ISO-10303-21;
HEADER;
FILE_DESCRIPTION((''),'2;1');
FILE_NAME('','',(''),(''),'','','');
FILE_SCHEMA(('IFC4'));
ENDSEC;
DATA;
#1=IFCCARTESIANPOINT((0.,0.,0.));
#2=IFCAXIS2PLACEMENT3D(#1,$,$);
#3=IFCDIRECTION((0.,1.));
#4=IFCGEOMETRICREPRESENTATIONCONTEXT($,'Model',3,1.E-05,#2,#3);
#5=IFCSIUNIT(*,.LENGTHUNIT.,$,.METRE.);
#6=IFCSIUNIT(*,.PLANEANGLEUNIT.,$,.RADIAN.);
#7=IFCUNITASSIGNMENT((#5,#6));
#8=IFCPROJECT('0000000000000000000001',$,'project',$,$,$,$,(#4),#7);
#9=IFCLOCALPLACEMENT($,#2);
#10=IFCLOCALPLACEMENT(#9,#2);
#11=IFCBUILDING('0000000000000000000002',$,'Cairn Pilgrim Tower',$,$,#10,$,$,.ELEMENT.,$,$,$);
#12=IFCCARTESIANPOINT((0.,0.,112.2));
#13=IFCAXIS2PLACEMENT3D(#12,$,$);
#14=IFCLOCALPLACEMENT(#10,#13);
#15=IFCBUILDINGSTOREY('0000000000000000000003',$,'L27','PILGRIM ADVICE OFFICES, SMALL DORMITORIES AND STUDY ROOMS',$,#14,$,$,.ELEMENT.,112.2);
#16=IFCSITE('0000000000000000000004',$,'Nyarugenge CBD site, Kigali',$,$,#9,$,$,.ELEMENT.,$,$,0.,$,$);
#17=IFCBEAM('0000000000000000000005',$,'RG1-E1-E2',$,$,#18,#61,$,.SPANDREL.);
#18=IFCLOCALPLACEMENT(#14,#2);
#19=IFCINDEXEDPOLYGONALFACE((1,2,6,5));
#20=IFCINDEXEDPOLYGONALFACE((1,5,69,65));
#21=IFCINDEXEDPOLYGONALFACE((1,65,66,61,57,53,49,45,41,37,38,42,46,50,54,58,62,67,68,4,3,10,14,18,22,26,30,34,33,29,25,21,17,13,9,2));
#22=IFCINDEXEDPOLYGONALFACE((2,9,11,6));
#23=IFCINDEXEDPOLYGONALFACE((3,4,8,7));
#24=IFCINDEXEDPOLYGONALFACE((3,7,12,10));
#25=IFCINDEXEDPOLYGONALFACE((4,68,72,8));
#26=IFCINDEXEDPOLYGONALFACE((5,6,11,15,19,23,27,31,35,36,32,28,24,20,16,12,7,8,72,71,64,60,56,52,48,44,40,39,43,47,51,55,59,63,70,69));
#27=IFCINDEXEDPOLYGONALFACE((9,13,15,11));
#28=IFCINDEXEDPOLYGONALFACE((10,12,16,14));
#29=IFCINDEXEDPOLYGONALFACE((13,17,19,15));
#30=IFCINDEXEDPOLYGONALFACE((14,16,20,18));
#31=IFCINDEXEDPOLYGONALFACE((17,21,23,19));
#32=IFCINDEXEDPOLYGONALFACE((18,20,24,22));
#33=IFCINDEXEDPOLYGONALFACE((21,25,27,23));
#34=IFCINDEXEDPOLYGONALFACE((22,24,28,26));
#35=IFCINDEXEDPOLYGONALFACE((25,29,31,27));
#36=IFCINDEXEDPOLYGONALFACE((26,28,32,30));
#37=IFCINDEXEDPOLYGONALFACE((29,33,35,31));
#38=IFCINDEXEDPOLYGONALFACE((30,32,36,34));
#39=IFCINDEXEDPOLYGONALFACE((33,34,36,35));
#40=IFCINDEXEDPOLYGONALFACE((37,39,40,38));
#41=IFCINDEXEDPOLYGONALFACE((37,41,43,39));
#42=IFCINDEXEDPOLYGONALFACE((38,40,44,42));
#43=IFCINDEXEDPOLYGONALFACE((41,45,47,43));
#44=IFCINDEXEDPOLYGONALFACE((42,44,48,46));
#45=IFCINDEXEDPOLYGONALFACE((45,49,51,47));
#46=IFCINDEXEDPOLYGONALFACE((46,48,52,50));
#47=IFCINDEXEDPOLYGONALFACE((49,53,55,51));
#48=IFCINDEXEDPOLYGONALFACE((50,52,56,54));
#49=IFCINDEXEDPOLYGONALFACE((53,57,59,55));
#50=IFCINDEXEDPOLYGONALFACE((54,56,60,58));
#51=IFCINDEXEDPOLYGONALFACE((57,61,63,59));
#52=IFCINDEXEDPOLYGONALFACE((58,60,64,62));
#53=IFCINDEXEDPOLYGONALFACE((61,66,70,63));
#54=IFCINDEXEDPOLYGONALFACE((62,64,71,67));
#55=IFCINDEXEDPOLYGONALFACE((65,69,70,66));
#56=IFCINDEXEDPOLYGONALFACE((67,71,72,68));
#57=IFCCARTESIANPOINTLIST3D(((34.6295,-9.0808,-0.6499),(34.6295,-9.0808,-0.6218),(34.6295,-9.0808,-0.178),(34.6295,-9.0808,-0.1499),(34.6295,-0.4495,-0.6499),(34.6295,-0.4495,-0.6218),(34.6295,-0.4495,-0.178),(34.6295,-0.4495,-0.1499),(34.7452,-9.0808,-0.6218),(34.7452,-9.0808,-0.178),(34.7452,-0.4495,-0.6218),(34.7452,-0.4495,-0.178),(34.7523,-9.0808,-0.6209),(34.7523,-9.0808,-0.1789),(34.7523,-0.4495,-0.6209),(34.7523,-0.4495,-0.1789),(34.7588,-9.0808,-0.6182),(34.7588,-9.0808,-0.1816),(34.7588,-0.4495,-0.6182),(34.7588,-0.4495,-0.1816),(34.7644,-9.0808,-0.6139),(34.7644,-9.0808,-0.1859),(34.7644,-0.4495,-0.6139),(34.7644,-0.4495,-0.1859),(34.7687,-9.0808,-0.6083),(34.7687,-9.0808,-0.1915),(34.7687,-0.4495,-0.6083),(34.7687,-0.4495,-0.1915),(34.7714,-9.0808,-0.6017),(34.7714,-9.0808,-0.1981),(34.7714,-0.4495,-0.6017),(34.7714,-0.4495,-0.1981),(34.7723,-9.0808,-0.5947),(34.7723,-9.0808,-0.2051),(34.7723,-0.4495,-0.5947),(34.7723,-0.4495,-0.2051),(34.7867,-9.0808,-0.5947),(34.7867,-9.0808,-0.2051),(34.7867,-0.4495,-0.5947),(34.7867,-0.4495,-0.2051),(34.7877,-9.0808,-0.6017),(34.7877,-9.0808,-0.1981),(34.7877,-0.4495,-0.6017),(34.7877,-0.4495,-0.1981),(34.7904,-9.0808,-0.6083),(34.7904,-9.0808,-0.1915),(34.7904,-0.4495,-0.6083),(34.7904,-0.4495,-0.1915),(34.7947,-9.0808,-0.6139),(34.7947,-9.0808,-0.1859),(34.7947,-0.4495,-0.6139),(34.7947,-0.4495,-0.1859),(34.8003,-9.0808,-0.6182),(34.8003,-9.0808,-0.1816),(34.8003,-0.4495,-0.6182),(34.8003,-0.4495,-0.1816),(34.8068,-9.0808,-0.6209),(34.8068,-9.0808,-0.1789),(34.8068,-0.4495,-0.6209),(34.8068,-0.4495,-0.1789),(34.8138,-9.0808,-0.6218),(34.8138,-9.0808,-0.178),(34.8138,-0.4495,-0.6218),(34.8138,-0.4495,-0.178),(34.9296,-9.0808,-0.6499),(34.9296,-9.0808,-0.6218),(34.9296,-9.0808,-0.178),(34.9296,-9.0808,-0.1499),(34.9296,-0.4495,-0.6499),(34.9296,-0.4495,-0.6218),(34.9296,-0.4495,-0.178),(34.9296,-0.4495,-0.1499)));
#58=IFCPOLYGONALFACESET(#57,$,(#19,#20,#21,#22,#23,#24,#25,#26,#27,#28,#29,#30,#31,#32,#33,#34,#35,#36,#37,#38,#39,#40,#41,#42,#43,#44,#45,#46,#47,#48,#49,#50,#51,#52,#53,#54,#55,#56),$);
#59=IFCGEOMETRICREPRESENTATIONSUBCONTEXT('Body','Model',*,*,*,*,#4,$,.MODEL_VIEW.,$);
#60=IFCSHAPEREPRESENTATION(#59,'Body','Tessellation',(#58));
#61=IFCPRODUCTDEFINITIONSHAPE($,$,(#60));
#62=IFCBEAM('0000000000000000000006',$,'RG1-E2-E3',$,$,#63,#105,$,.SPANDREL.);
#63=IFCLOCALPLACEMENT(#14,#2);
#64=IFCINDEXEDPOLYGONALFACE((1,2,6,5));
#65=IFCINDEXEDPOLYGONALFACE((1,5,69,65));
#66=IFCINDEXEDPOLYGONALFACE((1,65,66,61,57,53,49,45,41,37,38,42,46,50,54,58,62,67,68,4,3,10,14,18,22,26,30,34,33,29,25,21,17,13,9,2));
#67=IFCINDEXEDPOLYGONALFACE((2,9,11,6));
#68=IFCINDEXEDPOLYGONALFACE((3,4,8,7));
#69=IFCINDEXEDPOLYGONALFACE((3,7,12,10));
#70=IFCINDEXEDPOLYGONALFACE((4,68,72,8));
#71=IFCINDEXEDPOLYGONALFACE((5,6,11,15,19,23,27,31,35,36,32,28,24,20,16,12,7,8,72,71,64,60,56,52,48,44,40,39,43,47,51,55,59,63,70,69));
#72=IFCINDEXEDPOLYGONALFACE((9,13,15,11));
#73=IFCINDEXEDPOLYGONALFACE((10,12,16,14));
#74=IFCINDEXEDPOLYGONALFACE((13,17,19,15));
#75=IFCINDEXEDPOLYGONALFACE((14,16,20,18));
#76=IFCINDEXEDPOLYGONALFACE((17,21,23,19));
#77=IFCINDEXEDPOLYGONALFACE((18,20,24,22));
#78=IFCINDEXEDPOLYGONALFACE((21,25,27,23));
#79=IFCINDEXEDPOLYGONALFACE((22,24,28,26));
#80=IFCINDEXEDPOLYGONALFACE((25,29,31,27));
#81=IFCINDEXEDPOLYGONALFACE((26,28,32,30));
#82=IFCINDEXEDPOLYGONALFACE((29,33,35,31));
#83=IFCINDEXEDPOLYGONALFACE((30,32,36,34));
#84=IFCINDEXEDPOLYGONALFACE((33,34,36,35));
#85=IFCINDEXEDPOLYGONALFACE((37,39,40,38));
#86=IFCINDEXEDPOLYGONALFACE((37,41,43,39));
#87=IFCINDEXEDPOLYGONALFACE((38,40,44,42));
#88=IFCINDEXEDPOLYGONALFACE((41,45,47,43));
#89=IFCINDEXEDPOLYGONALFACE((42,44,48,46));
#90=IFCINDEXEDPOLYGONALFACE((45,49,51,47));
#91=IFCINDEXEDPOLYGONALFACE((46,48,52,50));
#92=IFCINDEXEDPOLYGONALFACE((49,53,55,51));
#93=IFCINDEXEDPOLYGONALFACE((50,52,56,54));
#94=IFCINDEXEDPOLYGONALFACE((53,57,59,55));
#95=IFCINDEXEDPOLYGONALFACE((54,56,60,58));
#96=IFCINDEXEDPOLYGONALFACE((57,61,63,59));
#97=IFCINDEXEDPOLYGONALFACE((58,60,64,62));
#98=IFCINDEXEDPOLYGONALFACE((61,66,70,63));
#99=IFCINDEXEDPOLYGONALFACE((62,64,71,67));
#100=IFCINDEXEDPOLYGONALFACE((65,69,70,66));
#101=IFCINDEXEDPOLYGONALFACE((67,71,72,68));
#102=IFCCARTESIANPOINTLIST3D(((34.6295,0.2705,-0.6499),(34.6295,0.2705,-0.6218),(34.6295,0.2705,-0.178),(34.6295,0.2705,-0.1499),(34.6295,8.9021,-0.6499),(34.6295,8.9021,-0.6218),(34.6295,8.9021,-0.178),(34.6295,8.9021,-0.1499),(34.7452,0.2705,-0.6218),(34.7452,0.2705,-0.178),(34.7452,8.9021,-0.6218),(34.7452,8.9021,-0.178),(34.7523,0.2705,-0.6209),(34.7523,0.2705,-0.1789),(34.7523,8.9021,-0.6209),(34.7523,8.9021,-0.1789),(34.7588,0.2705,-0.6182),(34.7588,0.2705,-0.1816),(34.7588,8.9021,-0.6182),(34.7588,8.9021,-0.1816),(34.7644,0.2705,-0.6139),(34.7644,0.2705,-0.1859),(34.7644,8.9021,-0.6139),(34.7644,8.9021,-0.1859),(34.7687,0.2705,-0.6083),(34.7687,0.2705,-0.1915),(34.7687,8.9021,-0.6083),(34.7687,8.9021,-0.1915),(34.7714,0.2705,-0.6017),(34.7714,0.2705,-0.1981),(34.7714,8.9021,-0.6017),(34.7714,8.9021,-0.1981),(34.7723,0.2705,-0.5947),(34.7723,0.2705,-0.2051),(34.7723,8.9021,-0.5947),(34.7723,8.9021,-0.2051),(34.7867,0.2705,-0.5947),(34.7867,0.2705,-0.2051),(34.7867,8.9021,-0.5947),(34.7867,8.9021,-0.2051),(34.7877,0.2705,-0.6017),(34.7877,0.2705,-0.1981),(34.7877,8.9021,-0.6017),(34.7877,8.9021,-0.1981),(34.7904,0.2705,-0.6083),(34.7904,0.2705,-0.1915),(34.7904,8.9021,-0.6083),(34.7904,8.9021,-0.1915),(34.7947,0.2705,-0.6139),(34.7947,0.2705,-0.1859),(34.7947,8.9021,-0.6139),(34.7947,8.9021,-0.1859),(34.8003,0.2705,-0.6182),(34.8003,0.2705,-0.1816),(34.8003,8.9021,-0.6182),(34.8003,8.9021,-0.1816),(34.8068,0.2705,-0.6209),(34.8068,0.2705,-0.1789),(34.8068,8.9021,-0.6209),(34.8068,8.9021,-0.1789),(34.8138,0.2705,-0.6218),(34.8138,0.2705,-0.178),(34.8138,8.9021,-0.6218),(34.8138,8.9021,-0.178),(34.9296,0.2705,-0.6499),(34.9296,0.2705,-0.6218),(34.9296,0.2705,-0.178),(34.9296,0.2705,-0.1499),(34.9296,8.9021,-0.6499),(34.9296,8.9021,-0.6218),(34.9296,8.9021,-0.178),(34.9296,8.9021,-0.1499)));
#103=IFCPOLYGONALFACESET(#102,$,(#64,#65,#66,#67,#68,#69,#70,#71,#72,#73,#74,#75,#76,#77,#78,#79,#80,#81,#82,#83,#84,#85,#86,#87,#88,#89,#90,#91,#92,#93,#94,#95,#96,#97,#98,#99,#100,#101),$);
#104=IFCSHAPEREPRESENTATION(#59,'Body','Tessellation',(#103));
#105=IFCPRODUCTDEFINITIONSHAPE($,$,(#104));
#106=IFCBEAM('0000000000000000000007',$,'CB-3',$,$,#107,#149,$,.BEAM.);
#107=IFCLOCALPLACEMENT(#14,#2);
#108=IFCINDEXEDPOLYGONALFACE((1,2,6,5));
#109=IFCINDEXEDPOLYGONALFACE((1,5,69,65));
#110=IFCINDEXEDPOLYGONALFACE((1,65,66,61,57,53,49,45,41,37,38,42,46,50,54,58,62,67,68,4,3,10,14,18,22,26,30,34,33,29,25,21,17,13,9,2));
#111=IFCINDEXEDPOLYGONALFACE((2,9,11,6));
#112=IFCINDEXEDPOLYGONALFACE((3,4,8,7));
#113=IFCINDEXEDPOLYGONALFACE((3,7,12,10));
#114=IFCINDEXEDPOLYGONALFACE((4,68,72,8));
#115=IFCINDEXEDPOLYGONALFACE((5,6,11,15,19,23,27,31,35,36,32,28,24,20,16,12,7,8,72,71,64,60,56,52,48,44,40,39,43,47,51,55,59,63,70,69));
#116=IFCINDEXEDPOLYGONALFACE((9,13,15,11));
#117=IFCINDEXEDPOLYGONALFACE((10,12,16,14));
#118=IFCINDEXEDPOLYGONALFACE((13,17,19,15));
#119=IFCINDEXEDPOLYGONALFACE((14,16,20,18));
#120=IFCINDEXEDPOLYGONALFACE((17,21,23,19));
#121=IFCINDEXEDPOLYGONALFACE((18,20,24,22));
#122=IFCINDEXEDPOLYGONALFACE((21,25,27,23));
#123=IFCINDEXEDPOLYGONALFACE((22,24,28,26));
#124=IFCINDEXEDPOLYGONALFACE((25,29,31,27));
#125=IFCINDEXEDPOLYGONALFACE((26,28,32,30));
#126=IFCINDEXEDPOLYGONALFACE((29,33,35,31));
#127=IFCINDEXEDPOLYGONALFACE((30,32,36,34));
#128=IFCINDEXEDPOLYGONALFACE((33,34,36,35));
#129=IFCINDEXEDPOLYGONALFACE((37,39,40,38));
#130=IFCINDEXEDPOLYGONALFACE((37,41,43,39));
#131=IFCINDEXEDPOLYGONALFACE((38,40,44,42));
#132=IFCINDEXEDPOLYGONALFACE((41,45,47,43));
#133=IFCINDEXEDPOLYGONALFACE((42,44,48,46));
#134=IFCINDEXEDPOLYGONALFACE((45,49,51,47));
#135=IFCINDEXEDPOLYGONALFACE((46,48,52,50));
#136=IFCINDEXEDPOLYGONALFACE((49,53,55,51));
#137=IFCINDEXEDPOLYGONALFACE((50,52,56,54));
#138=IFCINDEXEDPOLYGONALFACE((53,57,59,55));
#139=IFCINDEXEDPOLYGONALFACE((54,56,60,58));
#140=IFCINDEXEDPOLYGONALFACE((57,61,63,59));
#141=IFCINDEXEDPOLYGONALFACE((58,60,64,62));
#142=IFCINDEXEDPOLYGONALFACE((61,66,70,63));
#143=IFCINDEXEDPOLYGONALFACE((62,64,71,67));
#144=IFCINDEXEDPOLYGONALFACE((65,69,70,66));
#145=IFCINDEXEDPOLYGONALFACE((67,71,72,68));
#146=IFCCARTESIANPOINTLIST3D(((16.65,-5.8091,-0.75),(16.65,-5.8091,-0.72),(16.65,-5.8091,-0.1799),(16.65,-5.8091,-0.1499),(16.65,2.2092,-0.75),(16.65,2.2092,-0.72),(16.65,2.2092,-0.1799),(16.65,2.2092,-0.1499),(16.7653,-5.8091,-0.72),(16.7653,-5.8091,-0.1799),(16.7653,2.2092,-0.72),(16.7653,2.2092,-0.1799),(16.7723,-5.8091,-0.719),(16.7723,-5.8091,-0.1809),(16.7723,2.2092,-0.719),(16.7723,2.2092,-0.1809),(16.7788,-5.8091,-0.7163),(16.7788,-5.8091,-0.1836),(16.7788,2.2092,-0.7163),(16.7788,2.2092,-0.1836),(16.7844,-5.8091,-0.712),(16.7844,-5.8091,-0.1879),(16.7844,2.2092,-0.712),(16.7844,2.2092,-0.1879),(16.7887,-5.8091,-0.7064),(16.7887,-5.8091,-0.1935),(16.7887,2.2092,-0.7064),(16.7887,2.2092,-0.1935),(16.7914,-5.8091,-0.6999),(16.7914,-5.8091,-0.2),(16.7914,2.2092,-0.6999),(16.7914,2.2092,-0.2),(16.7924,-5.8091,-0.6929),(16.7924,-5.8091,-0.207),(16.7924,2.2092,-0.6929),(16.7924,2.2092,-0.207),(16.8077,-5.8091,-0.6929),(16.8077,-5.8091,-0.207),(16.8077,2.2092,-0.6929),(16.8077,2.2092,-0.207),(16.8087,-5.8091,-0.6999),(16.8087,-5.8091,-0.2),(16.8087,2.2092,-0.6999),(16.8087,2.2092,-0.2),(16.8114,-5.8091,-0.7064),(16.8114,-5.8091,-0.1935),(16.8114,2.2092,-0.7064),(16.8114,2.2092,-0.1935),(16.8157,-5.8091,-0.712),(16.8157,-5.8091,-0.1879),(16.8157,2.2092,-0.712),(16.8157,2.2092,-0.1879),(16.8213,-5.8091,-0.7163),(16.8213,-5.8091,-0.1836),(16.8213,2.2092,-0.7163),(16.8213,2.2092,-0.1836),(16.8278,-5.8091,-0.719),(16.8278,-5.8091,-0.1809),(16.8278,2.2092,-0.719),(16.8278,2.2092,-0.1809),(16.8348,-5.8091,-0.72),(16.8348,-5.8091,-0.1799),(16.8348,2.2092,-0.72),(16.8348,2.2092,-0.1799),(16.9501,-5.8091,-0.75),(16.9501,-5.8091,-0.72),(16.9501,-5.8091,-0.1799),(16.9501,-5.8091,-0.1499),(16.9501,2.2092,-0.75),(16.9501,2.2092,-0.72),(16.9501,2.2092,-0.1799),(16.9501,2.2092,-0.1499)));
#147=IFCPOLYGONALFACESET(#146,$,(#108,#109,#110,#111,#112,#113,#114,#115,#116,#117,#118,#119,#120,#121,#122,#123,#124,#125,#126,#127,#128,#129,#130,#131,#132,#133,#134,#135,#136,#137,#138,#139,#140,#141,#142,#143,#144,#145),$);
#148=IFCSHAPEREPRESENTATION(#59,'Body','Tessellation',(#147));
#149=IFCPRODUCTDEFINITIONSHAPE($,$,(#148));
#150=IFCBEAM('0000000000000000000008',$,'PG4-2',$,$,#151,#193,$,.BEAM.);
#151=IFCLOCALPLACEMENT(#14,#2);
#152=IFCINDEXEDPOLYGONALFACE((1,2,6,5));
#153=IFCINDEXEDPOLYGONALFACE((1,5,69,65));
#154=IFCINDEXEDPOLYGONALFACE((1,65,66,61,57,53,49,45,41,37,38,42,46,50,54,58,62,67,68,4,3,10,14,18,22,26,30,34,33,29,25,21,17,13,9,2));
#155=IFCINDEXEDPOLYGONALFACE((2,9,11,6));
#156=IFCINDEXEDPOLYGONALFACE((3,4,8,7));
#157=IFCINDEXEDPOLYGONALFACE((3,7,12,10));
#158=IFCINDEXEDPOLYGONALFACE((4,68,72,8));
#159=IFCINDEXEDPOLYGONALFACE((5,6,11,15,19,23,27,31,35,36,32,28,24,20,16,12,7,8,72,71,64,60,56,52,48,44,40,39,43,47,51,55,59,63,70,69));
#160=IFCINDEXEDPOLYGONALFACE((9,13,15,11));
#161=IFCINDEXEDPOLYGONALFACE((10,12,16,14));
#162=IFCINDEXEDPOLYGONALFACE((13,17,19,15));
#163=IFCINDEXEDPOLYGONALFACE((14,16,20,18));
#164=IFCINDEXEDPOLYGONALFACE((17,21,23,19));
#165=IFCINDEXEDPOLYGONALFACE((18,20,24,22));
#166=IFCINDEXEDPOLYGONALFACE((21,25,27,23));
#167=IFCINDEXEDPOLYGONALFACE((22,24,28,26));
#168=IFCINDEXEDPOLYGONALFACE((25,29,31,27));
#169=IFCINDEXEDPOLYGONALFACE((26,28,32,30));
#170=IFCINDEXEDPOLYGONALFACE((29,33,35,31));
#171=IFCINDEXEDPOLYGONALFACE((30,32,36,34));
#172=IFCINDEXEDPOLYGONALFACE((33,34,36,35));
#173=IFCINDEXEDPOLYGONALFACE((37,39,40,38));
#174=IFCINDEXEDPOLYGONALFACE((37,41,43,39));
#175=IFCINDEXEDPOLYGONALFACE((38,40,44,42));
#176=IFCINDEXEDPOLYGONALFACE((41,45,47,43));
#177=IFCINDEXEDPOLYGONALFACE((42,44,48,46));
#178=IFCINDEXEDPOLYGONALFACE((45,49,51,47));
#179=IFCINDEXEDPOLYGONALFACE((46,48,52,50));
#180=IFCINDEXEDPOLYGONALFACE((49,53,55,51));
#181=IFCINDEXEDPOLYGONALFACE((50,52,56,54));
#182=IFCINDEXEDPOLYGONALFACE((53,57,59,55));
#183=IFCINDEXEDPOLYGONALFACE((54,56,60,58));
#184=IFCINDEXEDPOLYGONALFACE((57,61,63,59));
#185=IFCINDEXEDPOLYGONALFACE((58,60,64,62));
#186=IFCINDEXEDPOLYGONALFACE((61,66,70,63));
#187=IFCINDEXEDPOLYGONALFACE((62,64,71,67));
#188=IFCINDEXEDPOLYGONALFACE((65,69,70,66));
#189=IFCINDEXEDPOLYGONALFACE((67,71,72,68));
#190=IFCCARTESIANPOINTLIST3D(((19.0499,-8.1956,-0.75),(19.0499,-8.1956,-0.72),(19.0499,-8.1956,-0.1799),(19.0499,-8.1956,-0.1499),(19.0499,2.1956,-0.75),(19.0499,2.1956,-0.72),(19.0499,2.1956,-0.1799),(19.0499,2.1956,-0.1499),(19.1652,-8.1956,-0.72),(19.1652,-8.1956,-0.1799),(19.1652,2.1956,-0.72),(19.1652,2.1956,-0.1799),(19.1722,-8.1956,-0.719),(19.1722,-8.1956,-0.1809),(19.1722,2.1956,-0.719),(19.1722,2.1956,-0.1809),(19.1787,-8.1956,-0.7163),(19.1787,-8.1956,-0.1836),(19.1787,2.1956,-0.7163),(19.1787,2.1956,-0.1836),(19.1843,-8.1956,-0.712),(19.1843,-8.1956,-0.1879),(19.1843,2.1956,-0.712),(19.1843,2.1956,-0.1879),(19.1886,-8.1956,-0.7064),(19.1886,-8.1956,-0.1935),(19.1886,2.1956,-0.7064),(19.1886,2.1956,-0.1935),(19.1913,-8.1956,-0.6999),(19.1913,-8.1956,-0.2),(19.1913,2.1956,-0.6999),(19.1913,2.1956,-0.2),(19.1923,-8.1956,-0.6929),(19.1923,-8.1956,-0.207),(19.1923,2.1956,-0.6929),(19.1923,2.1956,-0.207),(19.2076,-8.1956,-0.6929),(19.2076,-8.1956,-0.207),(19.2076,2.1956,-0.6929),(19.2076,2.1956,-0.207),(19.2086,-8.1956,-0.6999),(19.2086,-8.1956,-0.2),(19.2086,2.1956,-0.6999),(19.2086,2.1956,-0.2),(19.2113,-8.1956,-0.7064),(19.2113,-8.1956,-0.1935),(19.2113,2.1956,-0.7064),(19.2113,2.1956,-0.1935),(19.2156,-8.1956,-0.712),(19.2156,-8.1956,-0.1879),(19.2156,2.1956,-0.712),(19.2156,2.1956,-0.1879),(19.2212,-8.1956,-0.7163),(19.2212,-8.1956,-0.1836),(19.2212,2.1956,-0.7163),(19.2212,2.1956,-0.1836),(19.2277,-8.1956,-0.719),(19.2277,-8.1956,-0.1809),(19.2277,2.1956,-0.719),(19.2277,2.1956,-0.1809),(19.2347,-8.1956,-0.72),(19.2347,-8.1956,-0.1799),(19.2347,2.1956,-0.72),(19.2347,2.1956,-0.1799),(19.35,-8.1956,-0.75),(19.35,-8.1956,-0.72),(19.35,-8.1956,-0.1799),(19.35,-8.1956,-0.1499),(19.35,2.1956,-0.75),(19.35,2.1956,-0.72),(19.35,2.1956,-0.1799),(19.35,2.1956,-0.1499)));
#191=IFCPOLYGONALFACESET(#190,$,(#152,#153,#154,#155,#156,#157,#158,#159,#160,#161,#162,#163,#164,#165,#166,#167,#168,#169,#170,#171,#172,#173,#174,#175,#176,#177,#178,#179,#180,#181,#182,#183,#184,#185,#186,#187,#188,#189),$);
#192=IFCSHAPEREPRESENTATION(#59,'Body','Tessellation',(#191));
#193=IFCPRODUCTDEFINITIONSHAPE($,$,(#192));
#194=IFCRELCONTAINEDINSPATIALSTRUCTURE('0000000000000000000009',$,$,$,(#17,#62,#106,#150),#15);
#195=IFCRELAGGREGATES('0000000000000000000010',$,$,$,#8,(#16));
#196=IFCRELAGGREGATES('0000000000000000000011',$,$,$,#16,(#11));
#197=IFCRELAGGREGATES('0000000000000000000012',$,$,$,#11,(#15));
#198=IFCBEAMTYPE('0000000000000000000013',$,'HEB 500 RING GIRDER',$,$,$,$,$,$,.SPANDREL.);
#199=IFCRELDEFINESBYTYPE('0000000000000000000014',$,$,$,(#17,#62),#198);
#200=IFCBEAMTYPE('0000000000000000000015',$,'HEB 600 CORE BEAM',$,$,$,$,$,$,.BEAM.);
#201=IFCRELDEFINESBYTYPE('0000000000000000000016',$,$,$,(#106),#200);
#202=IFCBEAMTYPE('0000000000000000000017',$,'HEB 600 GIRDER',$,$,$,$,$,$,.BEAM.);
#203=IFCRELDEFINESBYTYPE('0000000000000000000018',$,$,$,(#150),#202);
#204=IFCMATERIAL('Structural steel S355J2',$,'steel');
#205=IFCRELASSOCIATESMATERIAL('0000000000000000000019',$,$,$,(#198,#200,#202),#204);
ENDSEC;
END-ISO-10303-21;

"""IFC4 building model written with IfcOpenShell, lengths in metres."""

from ifc_helpers import new_model, si_unit, direction, frame, origin, origin_2d, place, context, subcontext, project, spatial, i_section, extrude, material, material_profile, profile_set, type_object, element, save


model = new_model("IFC4")

# Units and contexts
model_context = context("Model", 3, precision=1e-05, world=origin(), true_north=direction((0.0, 1.0)))
body_context = subcontext(model_context, "Body", "Model", "MODEL_VIEW")
ifc_project = project(units=[si_unit("LENGTHUNIT", "METRE"), si_unit("PLANEANGLEUNIT", "RADIAN")], contexts=[model_context])

# Site, building, storey
site_placement = place(None, origin())
site = spatial("IfcSite", under=ifc_project, at=site_placement, Name="Nyarugenge CBD site, Kigali", CompositionType="ELEMENT", RefElevation=0.0)
building_placement = place(site_placement, origin())
building = spatial("IfcBuilding", under=site, at=building_placement, Name="Cairn Pilgrim Tower", CompositionType="ELEMENT")
storey_placement = place(building_placement, frame((0.0, 0.0, 112.2)))
storey = spatial("IfcBuildingStorey", under=building, at=storey_placement, Name="L27", Description="PILGRIM ADVICE OFFICES, SMALL DORMITORIES AND STUDY ROOMS", CompositionType="ELEMENT", Elevation=112.2)

# Beams
ifc_material_1 = material(Name="Structural steel S355J2", Category="steel")
ifc_material_profile_1 = material_profile(ifc_material_1, i_section(OverallWidth=0.3, OverallDepth=0.5, WebThickness=0.0144, FlangeThickness=0.0281, FilletRadius=0.0271, at=origin_2d()), Name="HEB 500")
ifc_profile_set_1 = profile_set([ifc_material_profile_1], Name="Structural steel S355J2")
beam_type_1 = type_object("IfcBeamType", Name="HEB 500 RING GIRDER", PredefinedType="SPANDREL", material=ifc_profile_set_1)
beam_1_placement = place(storey_placement, frame((34.7795, -9.0808, -0.3999), z_axis=(0.0, 1.0, 0.0), x_axis=(-1.0, 0.0, 0.0)))
element("IfcBeam", 1, at=beam_1_placement, inside=storey, type_object=beam_type_1, Name="RG1-E1-E2", PredefinedType="SPANDREL", context=body_context, shape_type="SweptSolid", body=[
    extrude(i_section(OverallWidth=0.3, OverallDepth=0.5, WebThickness=0.0144, FlangeThickness=0.0281, FilletRadius=0.0271, at=origin_2d()), origin(), (0.0, 0.0, 1.0), 8.6313),
])
beam_2_placement = place(storey_placement, frame((34.7795, 0.2705, -0.3999), z_axis=(0.0, 1.0, 0.0), x_axis=(-1.0, 0.0, 0.0)))
element("IfcBeam", 2, at=beam_2_placement, inside=storey, type_object=beam_type_1, Name="RG1-E2-E3", PredefinedType="SPANDREL", context=body_context, shape_type="SweptSolid", body=[
    extrude(i_section(OverallWidth=0.3, OverallDepth=0.5, WebThickness=0.0144, FlangeThickness=0.0281, FilletRadius=0.0271, at=origin_2d()), origin(), (0.0, 0.0, 1.0), 8.6316),
])
ifc_material_profile_2 = material_profile(ifc_material_1, i_section(OverallWidth=0.3, OverallDepth=0.6001, WebThickness=0.0154, FlangeThickness=0.03, FilletRadius=0.0271, at=origin_2d()), Name="HEB 600")
ifc_profile_set_2 = profile_set([ifc_material_profile_2], Name="Structural steel S355J2")
beam_type_2 = type_object("IfcBeamType", Name="HEB 600 CORE BEAM", PredefinedType="BEAM", material=ifc_profile_set_2)
beam_3_placement = place(storey_placement, frame((16.8, -5.8091, -0.45), z_axis=(0.0, 1.0, 0.0), x_axis=(-1.0, 0.0, 0.0)))
element("IfcBeam", 3, at=beam_3_placement, inside=storey, type_object=beam_type_2, Name="CB-3", PredefinedType="BEAM", context=body_context, shape_type="SweptSolid", body=[
    extrude(i_section(OverallWidth=0.3, OverallDepth=0.6001, WebThickness=0.0154, FlangeThickness=0.03, FilletRadius=0.0271, at=origin_2d()), origin(), (0.0, 0.0, 1.0), 8.0183),
])
ifc_material_profile_3 = material_profile(ifc_material_1, i_section(OverallWidth=0.3, OverallDepth=0.6001, WebThickness=0.0154, FlangeThickness=0.03, FilletRadius=0.0271, at=origin_2d()), Name="HEB 600")
ifc_profile_set_3 = profile_set([ifc_material_profile_3], Name="Structural steel S355J2")
beam_type_3 = type_object("IfcBeamType", Name="HEB 600 GIRDER", PredefinedType="BEAM", material=ifc_profile_set_3)
beam_4_placement = place(storey_placement, frame((19.2, -8.1956, -0.45), z_axis=(0.0, 1.0, 0.0), x_axis=(-1.0, 0.0, 0.0)))
element("IfcBeam", 4, at=beam_4_placement, inside=storey, type_object=beam_type_3, Name="PG4-2", PredefinedType="BEAM", context=body_context, shape_type="SweptSolid", body=[
    extrude(i_section(OverallWidth=0.3, OverallDepth=0.6001, WebThickness=0.0154, FlangeThickness=0.03, FilletRadius=0.0271, at=origin_2d()), origin(), (0.0, 0.0, 1.0), 10.3911),
])

save(model, "model.ifc")
